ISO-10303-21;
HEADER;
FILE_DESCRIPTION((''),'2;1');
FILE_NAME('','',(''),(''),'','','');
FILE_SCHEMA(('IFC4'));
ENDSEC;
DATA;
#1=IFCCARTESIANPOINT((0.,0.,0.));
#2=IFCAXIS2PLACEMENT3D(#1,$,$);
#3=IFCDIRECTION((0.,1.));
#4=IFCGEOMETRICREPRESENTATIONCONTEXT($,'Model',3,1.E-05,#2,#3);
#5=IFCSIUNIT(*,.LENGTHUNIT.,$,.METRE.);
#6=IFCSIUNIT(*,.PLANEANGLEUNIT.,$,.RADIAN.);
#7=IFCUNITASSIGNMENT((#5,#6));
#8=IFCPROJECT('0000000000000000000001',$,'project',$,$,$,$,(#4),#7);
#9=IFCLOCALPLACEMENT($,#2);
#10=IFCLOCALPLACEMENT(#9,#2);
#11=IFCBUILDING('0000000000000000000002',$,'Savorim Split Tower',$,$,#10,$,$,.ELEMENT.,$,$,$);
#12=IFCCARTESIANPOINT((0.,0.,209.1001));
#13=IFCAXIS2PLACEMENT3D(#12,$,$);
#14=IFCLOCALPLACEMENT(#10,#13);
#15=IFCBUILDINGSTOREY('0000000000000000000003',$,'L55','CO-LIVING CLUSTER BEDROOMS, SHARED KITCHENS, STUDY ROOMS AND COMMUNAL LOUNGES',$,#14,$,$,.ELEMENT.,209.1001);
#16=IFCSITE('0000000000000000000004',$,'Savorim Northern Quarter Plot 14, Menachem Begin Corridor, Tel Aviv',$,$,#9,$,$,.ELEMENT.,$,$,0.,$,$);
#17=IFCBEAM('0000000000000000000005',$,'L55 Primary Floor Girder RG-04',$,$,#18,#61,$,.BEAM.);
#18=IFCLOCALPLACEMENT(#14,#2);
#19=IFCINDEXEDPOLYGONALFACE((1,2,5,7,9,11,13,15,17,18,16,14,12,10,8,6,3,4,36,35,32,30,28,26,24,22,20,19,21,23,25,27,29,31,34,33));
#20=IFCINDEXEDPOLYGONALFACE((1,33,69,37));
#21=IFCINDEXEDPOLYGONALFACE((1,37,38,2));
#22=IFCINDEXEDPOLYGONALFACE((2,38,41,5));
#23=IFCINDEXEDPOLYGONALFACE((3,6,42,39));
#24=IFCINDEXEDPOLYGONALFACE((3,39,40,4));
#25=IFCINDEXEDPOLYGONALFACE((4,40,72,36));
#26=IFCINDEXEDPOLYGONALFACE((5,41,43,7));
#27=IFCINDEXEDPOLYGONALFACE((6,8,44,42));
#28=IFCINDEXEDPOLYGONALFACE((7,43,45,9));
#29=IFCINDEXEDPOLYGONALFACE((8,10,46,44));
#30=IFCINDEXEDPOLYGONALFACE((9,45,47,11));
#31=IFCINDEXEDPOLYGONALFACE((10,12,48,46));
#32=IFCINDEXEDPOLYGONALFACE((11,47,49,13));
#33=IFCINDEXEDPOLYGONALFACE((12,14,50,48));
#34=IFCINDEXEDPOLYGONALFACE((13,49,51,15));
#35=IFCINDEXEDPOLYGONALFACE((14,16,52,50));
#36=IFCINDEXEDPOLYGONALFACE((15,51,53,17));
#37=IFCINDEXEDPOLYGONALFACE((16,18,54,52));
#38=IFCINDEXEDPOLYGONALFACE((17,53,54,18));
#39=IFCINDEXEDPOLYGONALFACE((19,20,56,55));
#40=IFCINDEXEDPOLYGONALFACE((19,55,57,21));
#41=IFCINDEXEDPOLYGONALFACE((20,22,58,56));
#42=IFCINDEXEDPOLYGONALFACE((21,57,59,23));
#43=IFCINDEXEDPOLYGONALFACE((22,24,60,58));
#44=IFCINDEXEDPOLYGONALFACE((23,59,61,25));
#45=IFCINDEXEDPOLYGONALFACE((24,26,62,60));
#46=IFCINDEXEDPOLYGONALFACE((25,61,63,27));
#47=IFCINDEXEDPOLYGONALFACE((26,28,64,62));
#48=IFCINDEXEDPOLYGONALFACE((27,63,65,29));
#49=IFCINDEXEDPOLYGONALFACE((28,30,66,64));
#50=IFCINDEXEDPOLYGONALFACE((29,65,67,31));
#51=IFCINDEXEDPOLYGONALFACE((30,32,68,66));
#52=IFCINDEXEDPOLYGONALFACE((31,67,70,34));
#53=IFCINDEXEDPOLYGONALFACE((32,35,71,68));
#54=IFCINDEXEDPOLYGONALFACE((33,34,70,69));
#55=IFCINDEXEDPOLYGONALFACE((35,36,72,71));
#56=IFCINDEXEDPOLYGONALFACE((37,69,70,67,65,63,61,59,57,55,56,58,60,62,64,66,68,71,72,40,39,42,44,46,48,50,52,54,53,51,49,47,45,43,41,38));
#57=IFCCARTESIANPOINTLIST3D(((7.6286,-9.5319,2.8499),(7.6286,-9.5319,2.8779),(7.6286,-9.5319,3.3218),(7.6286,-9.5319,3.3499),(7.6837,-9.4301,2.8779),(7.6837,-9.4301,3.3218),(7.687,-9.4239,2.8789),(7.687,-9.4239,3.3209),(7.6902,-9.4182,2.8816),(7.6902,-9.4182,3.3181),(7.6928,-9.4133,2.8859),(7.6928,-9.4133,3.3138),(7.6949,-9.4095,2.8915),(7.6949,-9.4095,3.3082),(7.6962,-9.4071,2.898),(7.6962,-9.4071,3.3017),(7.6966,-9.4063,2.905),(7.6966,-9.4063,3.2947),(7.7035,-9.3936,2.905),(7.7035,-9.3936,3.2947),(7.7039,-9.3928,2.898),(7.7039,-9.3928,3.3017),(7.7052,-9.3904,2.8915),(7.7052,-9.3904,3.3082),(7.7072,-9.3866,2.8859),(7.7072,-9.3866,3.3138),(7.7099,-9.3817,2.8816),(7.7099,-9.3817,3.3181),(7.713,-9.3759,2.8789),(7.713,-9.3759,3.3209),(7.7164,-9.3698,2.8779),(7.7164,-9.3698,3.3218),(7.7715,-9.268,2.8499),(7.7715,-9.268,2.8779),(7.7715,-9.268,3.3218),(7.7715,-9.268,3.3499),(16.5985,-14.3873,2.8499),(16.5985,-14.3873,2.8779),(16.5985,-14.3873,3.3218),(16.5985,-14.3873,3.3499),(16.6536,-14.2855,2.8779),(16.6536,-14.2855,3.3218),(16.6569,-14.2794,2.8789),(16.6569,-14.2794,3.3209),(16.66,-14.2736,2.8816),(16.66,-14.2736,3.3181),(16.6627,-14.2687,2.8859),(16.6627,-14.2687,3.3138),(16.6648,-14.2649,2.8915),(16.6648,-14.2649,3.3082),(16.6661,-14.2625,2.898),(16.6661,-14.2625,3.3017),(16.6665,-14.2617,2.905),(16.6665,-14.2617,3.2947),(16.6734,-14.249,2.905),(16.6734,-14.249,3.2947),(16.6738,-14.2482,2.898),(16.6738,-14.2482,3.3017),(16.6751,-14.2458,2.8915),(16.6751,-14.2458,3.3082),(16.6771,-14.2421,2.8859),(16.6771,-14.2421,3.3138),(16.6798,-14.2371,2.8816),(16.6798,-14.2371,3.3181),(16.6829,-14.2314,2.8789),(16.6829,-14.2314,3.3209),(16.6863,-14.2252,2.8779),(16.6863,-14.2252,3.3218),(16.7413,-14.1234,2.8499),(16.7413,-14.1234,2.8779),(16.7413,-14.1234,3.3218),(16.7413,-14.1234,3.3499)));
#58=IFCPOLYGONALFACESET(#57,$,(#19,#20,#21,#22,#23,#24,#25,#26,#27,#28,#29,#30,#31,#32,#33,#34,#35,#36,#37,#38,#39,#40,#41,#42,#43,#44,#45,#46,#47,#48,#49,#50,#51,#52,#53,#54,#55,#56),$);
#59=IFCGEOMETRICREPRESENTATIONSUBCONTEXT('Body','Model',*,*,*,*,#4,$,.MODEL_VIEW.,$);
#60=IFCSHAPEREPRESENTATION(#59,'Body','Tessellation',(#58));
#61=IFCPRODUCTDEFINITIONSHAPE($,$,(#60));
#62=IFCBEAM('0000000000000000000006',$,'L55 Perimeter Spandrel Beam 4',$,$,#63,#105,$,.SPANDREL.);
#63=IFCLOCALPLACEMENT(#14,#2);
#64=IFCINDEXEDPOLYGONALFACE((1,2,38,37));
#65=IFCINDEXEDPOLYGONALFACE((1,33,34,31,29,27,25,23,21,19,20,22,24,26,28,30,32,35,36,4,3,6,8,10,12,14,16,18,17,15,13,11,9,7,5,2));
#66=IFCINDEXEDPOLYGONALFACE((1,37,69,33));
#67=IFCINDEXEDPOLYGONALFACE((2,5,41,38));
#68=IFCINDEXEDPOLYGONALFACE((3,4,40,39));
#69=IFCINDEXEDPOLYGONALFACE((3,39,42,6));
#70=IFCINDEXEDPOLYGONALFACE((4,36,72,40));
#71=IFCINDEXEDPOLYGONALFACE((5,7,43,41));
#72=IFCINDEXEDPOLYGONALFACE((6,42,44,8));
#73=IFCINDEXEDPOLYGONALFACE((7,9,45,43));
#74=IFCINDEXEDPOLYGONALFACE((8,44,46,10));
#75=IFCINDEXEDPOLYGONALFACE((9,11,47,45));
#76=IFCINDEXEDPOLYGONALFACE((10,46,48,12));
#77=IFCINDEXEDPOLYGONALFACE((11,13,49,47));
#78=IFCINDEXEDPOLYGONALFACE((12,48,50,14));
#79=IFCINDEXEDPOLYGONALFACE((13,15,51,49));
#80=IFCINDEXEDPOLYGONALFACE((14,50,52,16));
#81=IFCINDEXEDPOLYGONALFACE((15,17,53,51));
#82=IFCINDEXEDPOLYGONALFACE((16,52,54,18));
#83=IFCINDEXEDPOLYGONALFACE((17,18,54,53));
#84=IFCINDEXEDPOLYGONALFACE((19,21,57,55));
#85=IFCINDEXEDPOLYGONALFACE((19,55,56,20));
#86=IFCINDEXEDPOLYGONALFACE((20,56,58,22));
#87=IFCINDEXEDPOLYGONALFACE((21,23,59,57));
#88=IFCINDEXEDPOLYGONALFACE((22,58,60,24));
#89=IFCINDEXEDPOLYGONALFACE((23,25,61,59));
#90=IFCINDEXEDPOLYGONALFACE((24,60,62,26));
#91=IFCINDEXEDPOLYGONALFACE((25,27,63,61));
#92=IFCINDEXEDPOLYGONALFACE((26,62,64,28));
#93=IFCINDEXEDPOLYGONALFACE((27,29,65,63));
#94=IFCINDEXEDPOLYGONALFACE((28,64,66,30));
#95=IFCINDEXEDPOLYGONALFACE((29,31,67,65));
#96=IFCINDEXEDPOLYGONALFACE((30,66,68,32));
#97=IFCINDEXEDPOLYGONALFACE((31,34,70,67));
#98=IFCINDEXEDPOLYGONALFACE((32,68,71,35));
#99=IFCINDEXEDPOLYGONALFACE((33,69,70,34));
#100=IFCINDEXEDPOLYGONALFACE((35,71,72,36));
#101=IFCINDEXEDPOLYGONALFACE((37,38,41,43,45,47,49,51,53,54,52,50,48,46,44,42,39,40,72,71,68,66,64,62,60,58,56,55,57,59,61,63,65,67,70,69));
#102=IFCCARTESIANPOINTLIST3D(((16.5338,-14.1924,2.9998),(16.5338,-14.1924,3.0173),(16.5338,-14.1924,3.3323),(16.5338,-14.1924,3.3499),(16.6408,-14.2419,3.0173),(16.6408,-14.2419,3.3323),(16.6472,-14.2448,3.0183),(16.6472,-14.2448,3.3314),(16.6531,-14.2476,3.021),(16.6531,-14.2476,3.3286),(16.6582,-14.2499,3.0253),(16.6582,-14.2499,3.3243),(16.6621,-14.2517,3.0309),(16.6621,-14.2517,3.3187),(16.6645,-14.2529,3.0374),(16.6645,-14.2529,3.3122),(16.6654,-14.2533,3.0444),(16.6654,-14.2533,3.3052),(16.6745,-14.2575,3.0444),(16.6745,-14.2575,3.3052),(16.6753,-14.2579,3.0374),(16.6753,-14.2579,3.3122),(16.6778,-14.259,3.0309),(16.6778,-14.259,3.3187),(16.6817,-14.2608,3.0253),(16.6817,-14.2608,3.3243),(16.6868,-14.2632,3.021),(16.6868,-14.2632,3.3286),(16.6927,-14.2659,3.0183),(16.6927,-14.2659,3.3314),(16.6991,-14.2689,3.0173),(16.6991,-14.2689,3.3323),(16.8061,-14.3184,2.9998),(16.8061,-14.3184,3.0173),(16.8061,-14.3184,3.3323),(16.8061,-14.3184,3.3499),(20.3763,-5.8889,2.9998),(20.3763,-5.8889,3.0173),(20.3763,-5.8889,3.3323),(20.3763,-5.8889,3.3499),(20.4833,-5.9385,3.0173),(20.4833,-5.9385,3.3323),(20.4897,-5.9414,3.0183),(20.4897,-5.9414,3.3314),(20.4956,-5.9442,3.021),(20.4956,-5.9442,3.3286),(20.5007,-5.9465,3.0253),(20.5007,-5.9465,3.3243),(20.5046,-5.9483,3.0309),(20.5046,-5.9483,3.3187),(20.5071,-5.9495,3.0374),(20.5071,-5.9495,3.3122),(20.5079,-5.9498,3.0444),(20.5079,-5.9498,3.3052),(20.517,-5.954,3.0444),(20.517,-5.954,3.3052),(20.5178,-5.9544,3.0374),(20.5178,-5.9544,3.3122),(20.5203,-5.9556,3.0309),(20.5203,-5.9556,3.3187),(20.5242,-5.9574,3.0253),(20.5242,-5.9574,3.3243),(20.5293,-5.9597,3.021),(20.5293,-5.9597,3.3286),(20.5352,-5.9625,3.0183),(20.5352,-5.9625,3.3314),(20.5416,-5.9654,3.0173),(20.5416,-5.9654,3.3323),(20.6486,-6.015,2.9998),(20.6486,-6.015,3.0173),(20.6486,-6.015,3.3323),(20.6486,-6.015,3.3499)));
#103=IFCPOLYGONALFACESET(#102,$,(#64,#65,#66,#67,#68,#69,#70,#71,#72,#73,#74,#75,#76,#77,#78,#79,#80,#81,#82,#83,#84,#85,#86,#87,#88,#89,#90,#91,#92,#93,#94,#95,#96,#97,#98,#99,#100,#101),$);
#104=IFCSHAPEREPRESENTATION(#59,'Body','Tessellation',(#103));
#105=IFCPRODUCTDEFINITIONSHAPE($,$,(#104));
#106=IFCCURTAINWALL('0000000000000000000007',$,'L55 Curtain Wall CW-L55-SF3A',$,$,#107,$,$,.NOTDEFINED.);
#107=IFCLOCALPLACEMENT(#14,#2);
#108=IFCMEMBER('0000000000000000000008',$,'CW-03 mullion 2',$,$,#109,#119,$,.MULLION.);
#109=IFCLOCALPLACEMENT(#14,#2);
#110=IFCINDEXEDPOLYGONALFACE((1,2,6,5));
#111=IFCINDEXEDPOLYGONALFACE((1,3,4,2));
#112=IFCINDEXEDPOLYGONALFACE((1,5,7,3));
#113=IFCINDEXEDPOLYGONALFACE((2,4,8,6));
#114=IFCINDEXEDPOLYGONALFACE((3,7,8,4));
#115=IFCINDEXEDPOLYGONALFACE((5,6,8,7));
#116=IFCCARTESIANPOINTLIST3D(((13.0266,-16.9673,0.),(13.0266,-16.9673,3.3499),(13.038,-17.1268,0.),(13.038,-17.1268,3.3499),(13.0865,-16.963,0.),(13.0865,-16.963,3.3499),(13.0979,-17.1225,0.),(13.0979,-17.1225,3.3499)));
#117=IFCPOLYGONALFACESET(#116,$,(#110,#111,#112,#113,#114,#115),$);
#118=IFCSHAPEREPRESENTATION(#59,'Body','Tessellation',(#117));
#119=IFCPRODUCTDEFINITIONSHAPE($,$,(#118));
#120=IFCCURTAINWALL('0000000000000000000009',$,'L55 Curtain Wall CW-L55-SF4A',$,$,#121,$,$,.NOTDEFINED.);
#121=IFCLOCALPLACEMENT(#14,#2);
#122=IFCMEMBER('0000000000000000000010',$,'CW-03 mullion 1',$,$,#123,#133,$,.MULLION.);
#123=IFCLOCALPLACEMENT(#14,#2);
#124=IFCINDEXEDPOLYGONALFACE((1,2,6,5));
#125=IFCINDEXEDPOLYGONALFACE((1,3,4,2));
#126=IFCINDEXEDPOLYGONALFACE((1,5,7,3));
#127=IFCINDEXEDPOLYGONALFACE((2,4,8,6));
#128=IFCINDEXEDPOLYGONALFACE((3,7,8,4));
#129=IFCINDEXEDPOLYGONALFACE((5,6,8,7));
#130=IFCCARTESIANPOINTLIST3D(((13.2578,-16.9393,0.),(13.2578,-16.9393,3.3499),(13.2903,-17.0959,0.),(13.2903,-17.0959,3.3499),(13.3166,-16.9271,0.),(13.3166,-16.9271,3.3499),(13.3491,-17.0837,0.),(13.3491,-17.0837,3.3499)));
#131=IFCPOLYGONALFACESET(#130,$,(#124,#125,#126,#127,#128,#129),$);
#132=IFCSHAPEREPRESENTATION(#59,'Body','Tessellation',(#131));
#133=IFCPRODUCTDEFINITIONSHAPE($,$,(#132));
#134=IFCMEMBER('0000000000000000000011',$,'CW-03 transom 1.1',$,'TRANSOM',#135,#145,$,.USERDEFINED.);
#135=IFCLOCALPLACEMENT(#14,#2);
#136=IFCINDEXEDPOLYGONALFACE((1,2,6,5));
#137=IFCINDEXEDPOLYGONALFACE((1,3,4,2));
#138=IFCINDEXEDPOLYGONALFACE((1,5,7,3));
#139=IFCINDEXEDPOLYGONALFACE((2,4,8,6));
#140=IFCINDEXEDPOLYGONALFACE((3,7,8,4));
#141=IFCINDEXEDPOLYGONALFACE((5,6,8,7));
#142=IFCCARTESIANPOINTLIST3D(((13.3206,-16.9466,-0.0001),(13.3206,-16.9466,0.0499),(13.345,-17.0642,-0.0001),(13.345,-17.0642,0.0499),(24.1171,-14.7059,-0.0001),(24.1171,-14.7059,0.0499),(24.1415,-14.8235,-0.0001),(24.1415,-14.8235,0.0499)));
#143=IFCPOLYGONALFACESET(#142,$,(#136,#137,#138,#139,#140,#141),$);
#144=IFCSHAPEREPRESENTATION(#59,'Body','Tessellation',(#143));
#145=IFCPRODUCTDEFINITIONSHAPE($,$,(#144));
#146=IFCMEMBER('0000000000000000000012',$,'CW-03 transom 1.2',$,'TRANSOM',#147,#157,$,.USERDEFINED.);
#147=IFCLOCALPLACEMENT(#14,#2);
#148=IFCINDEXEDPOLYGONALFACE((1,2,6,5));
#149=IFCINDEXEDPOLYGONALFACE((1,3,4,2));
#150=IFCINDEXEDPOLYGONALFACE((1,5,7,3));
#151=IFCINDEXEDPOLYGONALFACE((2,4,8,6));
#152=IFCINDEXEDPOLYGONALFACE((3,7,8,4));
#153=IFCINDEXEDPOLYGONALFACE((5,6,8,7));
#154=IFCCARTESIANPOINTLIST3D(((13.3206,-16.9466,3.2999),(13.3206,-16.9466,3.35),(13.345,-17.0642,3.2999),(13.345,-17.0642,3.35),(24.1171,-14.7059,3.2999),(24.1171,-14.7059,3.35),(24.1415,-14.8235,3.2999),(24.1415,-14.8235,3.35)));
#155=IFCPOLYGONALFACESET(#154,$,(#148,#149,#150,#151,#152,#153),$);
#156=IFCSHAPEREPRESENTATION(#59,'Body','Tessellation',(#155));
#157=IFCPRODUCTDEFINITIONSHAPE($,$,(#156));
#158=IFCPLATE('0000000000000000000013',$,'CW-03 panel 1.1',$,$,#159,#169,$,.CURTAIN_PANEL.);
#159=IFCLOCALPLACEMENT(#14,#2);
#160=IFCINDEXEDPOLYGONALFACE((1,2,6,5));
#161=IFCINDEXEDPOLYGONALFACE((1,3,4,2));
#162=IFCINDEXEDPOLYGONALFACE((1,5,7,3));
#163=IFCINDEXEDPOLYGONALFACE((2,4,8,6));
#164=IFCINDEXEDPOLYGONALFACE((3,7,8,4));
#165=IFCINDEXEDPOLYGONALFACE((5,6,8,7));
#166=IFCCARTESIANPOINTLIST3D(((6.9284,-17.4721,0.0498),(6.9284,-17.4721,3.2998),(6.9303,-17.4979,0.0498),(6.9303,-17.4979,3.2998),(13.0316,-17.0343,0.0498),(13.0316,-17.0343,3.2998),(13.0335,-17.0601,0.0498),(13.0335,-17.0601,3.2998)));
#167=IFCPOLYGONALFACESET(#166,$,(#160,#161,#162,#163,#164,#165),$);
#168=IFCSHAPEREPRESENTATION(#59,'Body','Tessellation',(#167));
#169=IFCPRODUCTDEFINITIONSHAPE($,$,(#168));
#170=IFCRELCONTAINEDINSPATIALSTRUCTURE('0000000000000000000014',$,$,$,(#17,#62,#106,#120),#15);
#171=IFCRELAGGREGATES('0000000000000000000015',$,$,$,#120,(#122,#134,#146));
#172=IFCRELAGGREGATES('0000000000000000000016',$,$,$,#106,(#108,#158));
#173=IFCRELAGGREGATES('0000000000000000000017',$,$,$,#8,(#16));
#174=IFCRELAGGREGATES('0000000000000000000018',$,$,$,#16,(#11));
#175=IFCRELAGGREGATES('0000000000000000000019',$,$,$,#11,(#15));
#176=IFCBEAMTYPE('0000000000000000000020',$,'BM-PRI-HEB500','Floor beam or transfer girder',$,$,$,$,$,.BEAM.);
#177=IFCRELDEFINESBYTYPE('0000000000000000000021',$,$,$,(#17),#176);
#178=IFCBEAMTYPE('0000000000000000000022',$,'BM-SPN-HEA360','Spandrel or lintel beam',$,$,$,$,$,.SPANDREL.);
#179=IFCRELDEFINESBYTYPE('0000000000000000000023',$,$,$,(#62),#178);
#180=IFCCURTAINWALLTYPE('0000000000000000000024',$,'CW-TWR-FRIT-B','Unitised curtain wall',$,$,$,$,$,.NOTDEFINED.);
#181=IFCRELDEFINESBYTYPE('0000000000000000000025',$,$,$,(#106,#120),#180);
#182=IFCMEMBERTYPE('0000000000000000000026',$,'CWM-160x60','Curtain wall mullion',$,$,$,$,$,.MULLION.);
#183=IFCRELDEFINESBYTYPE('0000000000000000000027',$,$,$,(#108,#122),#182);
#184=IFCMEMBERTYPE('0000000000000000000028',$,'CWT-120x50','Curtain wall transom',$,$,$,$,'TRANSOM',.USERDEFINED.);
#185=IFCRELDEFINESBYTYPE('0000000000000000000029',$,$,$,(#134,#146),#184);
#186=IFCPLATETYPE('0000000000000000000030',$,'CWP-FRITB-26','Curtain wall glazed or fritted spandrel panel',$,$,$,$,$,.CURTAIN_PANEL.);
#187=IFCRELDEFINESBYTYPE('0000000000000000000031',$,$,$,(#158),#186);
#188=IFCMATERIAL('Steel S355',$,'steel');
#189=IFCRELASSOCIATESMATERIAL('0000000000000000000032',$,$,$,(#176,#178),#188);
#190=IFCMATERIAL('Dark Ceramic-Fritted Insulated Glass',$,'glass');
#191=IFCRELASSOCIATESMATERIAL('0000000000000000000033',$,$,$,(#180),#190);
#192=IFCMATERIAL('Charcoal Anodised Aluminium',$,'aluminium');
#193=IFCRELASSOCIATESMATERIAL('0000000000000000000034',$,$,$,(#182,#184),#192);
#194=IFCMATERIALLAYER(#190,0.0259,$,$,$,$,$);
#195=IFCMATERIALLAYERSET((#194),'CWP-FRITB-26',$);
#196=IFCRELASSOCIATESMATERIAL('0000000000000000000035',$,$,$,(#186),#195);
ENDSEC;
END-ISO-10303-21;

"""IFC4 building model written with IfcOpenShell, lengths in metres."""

from ifc_helpers import new_model, si_unit, direction, frame, origin, origin_2d, place, context, subcontext, project, spatial, rectangle, i_section, extrude, material, layer, layer_set, material_profile, profile_set, type_object, element, aggregate, save


model = new_model("IFC4")

# Units and contexts
model_context = context("Model", 3, precision=1e-05, world=origin(), true_north=direction((0.0, 1.0)))
body_context = subcontext(model_context, "Body", "Model", "MODEL_VIEW")
ifc_project = project(units=[si_unit("LENGTHUNIT", "METRE"), si_unit("PLANEANGLEUNIT", "RADIAN")], contexts=[model_context])

# Site, building, storey
site_placement = place(None, origin())
site = spatial("IfcSite", under=ifc_project, at=site_placement, Name="Savorim Northern Quarter Plot 14, Menachem Begin Corridor, Tel Aviv", CompositionType="ELEMENT", RefElevation=0.0)
building_placement = place(site_placement, origin())
building = spatial("IfcBuilding", under=site, at=building_placement, Name="Savorim Split Tower", CompositionType="ELEMENT")
storey_placement = place(building_placement, frame((0.0, 0.0, 209.1001)))
storey = spatial("IfcBuildingStorey", under=building, at=storey_placement, Name="L55", Description="CO-LIVING CLUSTER BEDROOMS, SHARED KITCHENS, STUDY ROOMS AND COMMUNAL LOUNGES", CompositionType="ELEMENT", Elevation=209.1001)

# Shared definitions
ifc_material_1 = material(Name="Steel S355", Category="steel")

# Beams
ifc_material_profile_1 = material_profile(ifc_material_1, i_section(OverallWidth=0.3, OverallDepth=0.5, WebThickness=0.0144, FlangeThickness=0.0281, FilletRadius=0.0271, at=origin_2d()), Name="HEB 500")
ifc_profile_set_1 = profile_set([ifc_material_profile_1], Name="Steel S355")
beam_type_1 = type_object("IfcBeamType", Name="BM-PRI-HEB500", Description="Floor beam or transfer girder", PredefinedType="BEAM", material=ifc_profile_set_1)
beam_1_placement = place(storey_placement, frame((16.6699, -14.2554, 3.0999), z_axis=(-0.879426, 0.476036, 0.0), x_axis=(-0.476036, -0.879426, 0.0)))
element("IfcBeam", 1, at=beam_1_placement, inside=storey, type_object=beam_type_1, Name="L55 Primary Floor Girder RG-04", PredefinedType="BEAM", context=body_context, shape_type="SweptSolid", body=[
    extrude(i_section(OverallWidth=0.3, OverallDepth=0.5, WebThickness=0.0144, FlangeThickness=0.0281, FilletRadius=0.0271, at=origin_2d()), origin(), (0.0, 0.0, 1.0), 10.1997),
])
ifc_material_profile_2 = material_profile(ifc_material_1, i_section(OverallWidth=0.3, OverallDepth=0.3501, WebThickness=0.01, FlangeThickness=0.0176, FilletRadius=0.0271, at=origin_2d()), Name="HEA 360")
ifc_profile_set_2 = profile_set([ifc_material_profile_2], Name="Steel S355")
beam_type_2 = type_object("IfcBeamType", Name="BM-SPN-HEA360", Description="Spandrel or lintel beam", PredefinedType="SPANDREL", material=ifc_profile_set_2)
beam_2_placement = place(storey_placement, frame((16.6699, -14.2554, 3.1748), z_axis=(0.419973, 0.907536, 0.0), x_axis=(-0.907536, 0.419973, 0.0)))
element("IfcBeam", 2, at=beam_2_placement, inside=storey, type_object=beam_type_2, Name="L55 Perimeter Spandrel Beam 4", PredefinedType="SPANDREL", context=body_context, shape_type="SweptSolid", body=[
    extrude(i_section(OverallWidth=0.3, OverallDepth=0.3501, WebThickness=0.01, FlangeThickness=0.0176, FilletRadius=0.0271, at=origin_2d()), origin(), (0.0, 0.0, 1.0), 9.1494),
])

# Curtain wall, member
ifc_material_2 = material(Name="Dark Ceramic-Fritted Insulated Glass", Category="glass")
curtain_wall_type = type_object("IfcCurtainWallType", Name="CW-TWR-FRIT-B", Description="Unitised curtain wall", PredefinedType="NOTDEFINED", material=ifc_material_2)
curtain_wall_1_placement = place(storey_placement, origin())
curtain_wall_1 = element("IfcCurtainWall", 3, at=curtain_wall_1_placement, inside=storey, type_object=curtain_wall_type, Name="L55 Curtain Wall CW-L55-SF3A", PredefinedType="NOTDEFINED")
ifc_material_3 = material(Name="Charcoal Anodised Aluminium", Category="aluminium")
ifc_material_profile_3 = material_profile(ifc_material_3, rectangle(XDim=0.1599, YDim=0.0601, at=origin_2d()), Name="ALU-M 160x60")
ifc_profile_set_3 = profile_set([ifc_material_profile_3], Name="Charcoal Anodised Aluminium")
member_type_1 = type_object("IfcMemberType", Name="CWM-160x60", Description="Curtain wall mullion", PredefinedType="MULLION", material=ifc_profile_set_3)
member_1_placement = place(storey_placement, frame((13.0623, -17.0449, 0.0), z_axis=(0.0, 0.0, 1.0), x_axis=(-0.071552, 0.997437, 0.0)))
member_1 = element("IfcMember", 4, at=member_1_placement, type_object=member_type_1, Name="CW-03 mullion 2", PredefinedType="MULLION", context=body_context, shape_type="SweptSolid", body=[
    extrude(rectangle(XDim=0.1599, YDim=0.0601, at=origin_2d()), origin(), (0.0, 0.0, 1.0), 3.3499),
])

# Curtain wall, members
curtain_wall_2_placement = place(storey_placement, origin())
curtain_wall_2 = element("IfcCurtainWall", 5, at=curtain_wall_2_placement, inside=storey, type_object=curtain_wall_type, Name="L55 Curtain Wall CW-L55-SF4A", PredefinedType="NOTDEFINED")
member_2_placement = place(storey_placement, frame((13.3035, -17.0115, 0.0), z_axis=(0.0, 0.0, 1.0), x_axis=(-0.20321, 0.979135, 0.0)))
member_2 = element("IfcMember", 6, at=member_2_placement, type_object=member_type_1, Name="CW-03 mullion 1", PredefinedType="MULLION", context=body_context, shape_type="SweptSolid", body=[
    extrude(rectangle(XDim=0.1599, YDim=0.0601, at=origin_2d()), origin(), (0.0, 0.0, 1.0), 3.3499),
])
ifc_material_profile_4 = material_profile(ifc_material_3, rectangle(XDim=0.1201, YDim=0.05, at=origin_2d()), Name="ALU-T 120x50")
ifc_profile_set_4 = profile_set([ifc_material_profile_4], Name="Charcoal Anodised Aluminium")
member_type_2 = type_object("IfcMemberType", Name="CWT-120x50", Description="Curtain wall transom", ElementType="TRANSOM", PredefinedType="USERDEFINED", material=ifc_profile_set_4)
member_3_placement = place(storey_placement, frame((13.3328, -17.0054, 0.0249), z_axis=(0.979135, 0.203209, 0.0), x_axis=(-0.203209, 0.979135, 0.0)))
member_3 = element("IfcMember", 7, at=member_3_placement, type_object=member_type_2, Name="CW-03 transom 1.1", ObjectType="TRANSOM", PredefinedType="USERDEFINED", context=body_context, shape_type="SweptSolid", body=[
    extrude(rectangle(XDim=0.1201, YDim=0.05, at=origin_2d()), origin(), (0.0, 0.0, 1.0), 11.0266),
])
member_4_placement = place(storey_placement, frame((13.3328, -17.0054, 3.325), z_axis=(0.979135, 0.203209, 0.0), x_axis=(-0.203209, 0.979135, 0.0)))
member_4 = element("IfcMember", 8, at=member_4_placement, type_object=member_type_2, Name="CW-03 transom 1.2", ObjectType="TRANSOM", PredefinedType="USERDEFINED", context=body_context, shape_type="SweptSolid", body=[
    extrude(rectangle(XDim=0.1201, YDim=0.05, at=origin_2d()), origin(), (0.0, 0.0, 1.0), 11.0266),
])
aggregate(curtain_wall_2, [member_2, member_3, member_4])

# Plate
ifc_layer_1 = layer(ifc_material_2, 0.0259)
ifc_layer_set_1 = layer_set([ifc_layer_1], Name="CWP-FRITB-26")
plate_type = type_object("IfcPlateType", Name="CWP-FRITB-26", Description="Curtain wall glazed or fritted spandrel panel", PredefinedType="CURTAIN_PANEL", material=ifc_layer_set_1)
plate_placement = place(storey_placement, frame((9.981, -17.2661, 0.0498), z_axis=(0.0, 0.0, 1.0), x_axis=(0.997437, 0.071552, 0.0)))
plate = element("IfcPlate", 9, at=plate_placement, type_object=plate_type, Name="CW-03 panel 1.1", PredefinedType="CURTAIN_PANEL", context=body_context, shape_type="SweptSolid", body=[
    extrude(rectangle(XDim=6.1189, YDim=0.0259, at=origin_2d()), origin(), (0.0, 0.0, 1.0), 3.25),
])
aggregate(curtain_wall_1, [member_1, plate])

save(model, "model.ifc")
